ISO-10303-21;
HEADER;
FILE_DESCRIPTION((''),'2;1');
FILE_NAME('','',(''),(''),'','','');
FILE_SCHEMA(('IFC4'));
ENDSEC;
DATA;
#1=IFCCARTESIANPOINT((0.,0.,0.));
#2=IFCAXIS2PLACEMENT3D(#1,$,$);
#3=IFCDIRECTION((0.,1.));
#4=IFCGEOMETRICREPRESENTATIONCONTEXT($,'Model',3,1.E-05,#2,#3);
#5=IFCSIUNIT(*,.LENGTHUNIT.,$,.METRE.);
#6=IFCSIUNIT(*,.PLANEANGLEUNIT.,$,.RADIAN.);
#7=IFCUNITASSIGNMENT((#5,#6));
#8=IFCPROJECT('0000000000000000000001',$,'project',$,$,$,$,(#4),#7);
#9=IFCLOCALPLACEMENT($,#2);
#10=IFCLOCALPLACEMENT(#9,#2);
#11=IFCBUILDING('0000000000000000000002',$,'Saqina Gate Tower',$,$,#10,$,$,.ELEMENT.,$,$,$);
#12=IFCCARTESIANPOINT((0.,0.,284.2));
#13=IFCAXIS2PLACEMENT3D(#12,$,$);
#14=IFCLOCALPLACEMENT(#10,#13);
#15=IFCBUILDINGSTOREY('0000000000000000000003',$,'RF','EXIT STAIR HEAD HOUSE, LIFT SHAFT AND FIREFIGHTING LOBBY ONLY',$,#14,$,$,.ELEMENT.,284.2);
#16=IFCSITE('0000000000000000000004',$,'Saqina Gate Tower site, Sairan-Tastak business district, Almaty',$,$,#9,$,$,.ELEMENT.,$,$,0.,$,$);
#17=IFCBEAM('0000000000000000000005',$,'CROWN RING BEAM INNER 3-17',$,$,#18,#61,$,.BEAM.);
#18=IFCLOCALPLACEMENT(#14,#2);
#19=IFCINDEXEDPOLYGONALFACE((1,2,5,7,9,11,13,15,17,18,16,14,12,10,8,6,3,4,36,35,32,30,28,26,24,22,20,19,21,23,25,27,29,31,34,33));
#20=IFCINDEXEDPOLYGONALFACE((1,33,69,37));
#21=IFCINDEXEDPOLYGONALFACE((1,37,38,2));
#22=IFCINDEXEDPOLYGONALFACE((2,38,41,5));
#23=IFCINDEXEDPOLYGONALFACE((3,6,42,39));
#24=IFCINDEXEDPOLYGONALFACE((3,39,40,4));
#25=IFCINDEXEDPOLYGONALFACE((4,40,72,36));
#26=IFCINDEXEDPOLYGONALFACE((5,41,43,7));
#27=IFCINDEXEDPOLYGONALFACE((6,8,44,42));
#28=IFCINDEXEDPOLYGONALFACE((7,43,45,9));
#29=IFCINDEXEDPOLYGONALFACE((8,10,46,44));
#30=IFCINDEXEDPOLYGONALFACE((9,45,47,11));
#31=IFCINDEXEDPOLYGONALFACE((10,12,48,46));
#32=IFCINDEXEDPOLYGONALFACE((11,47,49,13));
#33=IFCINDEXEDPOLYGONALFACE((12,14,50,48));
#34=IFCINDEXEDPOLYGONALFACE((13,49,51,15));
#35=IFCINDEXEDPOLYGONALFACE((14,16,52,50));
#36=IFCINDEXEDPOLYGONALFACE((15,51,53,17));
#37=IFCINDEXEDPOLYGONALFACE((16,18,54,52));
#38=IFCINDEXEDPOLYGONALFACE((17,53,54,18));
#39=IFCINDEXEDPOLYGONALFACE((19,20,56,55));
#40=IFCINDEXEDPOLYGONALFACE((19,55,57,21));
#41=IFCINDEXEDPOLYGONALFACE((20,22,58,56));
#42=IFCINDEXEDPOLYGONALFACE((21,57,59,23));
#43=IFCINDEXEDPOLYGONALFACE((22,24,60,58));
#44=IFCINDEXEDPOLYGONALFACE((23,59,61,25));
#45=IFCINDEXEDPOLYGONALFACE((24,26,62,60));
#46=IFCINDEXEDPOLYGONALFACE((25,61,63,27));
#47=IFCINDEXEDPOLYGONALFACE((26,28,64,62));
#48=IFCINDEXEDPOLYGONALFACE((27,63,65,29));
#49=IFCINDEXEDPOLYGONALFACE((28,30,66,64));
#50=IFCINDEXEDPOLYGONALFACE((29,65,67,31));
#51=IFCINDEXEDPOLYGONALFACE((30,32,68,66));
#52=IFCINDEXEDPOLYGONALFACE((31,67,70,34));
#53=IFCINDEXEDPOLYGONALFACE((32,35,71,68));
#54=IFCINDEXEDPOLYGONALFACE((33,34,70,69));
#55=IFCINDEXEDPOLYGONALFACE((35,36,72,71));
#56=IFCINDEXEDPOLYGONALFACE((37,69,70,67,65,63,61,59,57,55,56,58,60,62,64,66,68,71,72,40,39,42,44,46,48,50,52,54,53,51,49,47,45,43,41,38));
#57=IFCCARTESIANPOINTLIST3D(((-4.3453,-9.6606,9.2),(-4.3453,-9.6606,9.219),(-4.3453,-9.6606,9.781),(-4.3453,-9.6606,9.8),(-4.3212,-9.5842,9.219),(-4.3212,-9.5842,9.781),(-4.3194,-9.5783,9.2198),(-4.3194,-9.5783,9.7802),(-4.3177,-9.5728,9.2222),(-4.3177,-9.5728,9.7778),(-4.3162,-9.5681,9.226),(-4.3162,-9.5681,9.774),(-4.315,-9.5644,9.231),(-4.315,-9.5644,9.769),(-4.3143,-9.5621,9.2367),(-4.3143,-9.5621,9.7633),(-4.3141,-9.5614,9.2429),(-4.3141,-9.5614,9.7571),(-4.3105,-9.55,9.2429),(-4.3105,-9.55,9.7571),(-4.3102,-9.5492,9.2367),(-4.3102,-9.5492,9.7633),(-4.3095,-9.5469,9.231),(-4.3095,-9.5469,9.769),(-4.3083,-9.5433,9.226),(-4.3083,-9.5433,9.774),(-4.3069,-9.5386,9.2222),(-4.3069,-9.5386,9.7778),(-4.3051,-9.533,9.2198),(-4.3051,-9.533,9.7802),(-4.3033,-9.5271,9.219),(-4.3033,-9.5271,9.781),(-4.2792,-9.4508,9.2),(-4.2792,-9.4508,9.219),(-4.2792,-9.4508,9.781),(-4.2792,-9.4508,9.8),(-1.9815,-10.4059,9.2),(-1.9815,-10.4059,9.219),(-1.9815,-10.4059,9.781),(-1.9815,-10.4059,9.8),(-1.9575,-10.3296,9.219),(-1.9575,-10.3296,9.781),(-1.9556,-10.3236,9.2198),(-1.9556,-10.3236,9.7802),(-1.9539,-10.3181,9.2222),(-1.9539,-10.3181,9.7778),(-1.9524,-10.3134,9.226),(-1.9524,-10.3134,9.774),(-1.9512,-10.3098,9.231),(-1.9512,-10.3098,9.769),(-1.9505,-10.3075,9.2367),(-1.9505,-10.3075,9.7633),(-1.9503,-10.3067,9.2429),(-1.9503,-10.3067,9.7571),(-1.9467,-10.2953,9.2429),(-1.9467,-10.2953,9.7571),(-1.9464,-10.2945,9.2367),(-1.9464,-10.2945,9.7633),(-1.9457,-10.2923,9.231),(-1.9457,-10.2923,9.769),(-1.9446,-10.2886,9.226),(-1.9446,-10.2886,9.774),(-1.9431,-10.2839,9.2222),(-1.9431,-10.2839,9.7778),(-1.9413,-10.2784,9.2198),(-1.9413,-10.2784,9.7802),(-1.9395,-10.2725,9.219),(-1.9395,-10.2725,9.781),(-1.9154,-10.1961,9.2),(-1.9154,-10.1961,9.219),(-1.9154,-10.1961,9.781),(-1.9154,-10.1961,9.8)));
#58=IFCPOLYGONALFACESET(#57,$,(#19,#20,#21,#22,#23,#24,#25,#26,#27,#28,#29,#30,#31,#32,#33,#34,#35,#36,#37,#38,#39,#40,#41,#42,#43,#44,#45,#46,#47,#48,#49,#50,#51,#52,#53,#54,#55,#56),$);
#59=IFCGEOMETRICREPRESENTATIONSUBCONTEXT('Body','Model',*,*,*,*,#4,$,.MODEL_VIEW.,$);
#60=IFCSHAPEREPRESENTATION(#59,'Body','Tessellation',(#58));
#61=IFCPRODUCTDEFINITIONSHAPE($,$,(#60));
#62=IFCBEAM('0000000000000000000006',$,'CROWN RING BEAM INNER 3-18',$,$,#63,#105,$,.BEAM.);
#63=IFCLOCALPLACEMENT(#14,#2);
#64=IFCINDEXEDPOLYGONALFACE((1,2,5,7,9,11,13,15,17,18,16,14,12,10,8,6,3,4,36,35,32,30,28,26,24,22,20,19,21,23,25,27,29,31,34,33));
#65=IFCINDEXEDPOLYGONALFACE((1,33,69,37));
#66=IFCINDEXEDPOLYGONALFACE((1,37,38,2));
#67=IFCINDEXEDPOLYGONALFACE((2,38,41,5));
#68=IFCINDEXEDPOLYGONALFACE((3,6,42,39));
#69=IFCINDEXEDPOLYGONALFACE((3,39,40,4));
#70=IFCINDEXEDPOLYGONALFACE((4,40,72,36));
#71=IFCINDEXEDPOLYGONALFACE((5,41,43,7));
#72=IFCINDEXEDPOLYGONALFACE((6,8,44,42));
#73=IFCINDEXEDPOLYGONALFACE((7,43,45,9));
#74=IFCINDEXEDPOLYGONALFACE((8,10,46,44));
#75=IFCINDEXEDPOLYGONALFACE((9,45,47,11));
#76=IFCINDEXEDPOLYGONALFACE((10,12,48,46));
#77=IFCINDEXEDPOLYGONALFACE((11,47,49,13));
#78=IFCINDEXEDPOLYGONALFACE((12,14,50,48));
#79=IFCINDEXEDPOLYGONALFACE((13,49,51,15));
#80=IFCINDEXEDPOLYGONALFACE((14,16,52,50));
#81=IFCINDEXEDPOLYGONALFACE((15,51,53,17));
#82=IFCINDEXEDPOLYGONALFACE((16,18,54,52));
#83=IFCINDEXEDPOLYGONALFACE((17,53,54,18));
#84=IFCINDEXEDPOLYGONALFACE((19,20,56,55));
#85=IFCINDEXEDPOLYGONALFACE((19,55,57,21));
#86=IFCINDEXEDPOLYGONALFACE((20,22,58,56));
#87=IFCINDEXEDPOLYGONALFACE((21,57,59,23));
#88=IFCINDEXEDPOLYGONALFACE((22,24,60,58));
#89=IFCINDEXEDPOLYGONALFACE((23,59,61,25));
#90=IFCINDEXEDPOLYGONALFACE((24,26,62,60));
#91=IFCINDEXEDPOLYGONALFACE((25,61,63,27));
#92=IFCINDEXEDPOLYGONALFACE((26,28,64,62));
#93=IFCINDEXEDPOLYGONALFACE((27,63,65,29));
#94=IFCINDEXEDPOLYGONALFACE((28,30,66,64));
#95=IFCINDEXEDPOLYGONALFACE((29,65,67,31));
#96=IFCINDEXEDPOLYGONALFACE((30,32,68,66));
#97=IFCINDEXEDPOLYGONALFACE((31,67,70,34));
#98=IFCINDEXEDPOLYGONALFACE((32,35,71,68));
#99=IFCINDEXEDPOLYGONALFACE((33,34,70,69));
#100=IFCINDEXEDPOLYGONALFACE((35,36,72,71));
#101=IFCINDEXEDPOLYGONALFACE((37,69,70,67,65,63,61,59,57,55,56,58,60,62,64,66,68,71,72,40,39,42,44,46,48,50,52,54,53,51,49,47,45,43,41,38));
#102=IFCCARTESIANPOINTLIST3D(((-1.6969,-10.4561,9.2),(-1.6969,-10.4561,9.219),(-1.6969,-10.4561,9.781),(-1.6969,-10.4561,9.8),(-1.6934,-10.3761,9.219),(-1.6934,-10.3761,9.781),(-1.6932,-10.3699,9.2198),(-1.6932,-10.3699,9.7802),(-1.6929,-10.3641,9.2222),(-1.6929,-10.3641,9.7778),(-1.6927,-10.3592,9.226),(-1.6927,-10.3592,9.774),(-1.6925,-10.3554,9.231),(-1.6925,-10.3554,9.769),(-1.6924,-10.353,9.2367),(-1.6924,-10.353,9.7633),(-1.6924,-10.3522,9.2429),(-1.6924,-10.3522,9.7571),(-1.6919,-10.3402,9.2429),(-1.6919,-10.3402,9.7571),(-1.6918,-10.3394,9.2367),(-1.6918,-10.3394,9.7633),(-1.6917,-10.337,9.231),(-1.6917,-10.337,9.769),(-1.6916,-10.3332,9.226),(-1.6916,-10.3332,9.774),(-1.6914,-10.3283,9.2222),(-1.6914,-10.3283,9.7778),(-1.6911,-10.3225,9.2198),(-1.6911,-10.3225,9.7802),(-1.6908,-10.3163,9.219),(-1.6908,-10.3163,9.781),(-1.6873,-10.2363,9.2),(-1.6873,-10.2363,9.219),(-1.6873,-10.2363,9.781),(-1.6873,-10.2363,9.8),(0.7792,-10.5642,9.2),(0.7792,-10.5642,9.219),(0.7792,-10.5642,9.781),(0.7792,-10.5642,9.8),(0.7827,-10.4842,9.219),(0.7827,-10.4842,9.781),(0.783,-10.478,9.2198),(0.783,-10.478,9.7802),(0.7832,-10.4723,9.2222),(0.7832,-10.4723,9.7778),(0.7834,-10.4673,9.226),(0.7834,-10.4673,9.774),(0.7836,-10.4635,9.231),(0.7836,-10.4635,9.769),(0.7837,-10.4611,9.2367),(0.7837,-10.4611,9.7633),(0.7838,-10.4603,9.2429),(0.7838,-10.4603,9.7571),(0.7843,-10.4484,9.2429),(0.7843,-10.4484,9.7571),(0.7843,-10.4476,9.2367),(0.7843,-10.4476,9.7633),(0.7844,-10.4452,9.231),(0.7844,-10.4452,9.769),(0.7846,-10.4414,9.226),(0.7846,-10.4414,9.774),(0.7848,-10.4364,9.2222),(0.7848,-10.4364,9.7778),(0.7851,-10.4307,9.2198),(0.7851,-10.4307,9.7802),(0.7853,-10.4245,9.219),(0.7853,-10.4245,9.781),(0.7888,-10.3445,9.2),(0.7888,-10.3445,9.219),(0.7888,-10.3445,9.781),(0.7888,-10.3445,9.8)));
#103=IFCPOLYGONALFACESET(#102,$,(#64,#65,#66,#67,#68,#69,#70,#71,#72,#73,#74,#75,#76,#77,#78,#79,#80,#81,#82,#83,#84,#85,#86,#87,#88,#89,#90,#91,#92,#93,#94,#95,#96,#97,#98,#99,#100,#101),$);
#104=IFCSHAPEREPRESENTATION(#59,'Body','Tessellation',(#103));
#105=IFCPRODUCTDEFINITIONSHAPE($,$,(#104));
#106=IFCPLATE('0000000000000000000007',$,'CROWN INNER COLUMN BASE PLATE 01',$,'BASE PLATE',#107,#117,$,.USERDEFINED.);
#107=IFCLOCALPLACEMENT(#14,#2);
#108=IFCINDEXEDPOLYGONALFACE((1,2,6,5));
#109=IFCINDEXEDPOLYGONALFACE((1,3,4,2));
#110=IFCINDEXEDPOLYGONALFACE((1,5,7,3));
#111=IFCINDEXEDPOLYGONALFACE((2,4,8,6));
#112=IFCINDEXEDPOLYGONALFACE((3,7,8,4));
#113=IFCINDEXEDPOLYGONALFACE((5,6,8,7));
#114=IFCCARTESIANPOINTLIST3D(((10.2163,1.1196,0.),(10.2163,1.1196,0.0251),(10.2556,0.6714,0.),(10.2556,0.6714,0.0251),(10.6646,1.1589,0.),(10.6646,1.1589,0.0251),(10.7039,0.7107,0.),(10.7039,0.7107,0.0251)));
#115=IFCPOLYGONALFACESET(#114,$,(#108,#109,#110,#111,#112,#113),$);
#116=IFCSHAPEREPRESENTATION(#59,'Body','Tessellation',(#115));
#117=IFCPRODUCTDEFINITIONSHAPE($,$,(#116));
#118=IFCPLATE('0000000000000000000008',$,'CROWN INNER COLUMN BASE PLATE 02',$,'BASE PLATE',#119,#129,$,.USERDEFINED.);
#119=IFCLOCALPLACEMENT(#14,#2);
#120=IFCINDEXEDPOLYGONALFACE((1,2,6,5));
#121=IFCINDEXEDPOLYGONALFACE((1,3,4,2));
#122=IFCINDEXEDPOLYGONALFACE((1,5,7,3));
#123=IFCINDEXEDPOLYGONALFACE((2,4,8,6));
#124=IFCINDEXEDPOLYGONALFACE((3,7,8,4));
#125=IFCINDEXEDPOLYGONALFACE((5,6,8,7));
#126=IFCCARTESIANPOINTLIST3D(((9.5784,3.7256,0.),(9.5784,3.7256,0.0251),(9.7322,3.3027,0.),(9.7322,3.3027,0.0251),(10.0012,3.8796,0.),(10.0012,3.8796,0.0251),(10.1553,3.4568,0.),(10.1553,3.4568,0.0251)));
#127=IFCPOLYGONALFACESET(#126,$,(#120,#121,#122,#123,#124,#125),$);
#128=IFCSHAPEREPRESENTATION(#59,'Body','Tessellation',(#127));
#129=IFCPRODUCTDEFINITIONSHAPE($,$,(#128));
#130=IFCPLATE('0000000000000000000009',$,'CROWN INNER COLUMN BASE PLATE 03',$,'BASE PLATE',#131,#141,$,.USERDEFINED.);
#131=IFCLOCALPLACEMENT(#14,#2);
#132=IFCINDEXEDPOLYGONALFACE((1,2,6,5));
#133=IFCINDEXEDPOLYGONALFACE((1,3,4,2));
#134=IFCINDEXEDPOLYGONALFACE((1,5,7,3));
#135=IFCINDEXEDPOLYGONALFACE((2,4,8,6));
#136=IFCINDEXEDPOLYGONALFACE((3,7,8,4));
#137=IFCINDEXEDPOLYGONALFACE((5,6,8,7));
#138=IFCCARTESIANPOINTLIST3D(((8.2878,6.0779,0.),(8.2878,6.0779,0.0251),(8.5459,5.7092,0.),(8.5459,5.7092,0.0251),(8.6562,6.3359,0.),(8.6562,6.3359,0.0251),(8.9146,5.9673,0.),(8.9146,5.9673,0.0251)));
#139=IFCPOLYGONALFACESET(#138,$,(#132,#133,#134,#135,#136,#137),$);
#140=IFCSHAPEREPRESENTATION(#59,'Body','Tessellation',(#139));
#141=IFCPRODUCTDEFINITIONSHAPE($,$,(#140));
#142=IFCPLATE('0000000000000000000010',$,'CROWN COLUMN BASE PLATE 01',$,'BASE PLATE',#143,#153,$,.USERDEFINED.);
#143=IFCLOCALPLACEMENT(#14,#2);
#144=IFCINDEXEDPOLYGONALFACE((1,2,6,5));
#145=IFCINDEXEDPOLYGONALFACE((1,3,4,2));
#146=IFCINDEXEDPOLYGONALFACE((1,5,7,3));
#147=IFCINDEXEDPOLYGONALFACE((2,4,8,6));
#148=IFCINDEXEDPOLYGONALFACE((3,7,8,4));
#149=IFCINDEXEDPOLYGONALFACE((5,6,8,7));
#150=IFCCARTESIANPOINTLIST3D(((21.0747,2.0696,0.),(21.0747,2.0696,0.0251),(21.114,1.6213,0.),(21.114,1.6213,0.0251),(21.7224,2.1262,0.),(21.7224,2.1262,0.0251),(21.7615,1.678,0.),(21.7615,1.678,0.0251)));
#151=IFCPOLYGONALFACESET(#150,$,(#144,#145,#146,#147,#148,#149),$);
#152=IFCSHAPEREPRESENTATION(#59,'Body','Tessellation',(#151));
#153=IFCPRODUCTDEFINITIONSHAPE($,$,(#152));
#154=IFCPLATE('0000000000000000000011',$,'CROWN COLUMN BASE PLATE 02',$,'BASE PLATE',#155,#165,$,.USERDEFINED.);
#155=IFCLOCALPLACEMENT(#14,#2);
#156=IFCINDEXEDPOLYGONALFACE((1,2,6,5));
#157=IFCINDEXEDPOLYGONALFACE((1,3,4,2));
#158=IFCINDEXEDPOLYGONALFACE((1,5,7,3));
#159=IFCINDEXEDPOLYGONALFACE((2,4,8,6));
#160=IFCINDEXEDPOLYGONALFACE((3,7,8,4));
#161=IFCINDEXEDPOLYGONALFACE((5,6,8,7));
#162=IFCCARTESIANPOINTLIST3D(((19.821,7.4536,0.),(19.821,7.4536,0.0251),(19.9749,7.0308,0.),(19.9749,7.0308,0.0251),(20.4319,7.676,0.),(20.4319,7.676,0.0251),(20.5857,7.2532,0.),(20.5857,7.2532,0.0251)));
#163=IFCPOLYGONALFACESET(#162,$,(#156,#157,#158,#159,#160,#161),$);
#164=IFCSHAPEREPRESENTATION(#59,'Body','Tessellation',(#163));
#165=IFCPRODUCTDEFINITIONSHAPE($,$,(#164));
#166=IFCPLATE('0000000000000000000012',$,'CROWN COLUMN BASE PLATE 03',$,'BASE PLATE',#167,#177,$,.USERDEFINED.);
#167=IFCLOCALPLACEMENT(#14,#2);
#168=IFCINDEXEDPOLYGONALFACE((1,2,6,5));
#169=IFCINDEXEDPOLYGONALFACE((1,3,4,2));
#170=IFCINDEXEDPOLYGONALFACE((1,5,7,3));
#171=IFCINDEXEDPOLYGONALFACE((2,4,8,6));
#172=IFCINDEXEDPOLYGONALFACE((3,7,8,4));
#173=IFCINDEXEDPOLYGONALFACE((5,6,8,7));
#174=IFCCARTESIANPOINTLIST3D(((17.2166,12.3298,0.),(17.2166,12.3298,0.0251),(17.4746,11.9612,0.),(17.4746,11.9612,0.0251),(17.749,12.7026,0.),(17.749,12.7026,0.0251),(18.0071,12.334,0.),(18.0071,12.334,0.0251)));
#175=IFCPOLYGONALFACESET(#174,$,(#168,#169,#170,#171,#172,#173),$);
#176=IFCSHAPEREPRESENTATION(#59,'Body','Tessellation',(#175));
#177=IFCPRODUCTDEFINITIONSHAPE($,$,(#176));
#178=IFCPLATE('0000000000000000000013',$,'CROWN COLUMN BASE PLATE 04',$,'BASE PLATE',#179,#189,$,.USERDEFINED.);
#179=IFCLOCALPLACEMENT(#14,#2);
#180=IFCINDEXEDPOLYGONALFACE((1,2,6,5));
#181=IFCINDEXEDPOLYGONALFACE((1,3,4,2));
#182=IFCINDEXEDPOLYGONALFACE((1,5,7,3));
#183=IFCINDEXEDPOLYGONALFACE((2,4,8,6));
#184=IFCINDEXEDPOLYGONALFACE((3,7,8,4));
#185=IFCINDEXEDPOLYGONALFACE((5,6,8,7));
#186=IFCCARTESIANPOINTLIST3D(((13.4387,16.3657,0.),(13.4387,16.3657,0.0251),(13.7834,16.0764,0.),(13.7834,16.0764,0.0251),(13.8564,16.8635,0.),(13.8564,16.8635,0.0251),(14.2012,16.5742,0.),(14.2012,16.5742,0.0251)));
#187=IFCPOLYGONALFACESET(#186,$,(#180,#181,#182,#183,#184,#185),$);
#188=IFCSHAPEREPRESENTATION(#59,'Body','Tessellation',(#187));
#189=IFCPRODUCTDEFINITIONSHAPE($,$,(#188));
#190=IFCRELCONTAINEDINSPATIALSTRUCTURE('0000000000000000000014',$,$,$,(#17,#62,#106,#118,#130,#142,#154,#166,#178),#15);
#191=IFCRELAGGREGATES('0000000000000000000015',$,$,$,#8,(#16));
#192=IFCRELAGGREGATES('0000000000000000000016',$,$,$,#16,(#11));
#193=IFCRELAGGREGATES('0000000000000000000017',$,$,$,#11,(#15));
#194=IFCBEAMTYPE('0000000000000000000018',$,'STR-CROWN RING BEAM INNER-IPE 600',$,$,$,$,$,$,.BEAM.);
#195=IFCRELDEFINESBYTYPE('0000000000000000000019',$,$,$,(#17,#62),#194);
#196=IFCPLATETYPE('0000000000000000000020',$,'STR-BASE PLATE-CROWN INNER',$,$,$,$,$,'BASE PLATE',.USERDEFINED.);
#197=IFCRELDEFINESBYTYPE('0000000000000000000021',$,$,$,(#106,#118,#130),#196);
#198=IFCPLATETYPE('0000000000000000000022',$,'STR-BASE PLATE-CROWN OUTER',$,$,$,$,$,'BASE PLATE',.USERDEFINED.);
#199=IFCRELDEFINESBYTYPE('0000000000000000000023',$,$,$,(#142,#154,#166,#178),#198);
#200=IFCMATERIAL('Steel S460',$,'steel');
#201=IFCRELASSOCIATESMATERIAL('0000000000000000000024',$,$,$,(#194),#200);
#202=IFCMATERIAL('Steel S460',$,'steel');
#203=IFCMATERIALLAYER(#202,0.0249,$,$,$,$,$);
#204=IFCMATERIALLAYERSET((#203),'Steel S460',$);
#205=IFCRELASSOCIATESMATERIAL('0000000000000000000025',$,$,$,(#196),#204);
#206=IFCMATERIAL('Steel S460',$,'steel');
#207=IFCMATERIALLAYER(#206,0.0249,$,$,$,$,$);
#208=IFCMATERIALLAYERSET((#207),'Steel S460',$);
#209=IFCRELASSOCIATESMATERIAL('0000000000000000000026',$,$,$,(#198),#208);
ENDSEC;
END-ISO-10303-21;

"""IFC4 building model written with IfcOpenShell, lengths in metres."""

from ifc_helpers import new_model, si_unit, direction, frame, origin, origin_2d, place, context, subcontext, project, spatial, polyline, i_section, outline, extrude, material, layer, layer_set, material_profile, profile_set, type_object, element, save


model = new_model("IFC4")

# Units and contexts
model_context = context("Model", 3, precision=1e-05, world=origin(), true_north=direction((0.0, 1.0)))
body_context = subcontext(model_context, "Body", "Model", "MODEL_VIEW")
ifc_project = project(units=[si_unit("LENGTHUNIT", "METRE"), si_unit("PLANEANGLEUNIT", "RADIAN")], contexts=[model_context])

# Site, building, storey
site_placement = place(None, origin())
site = spatial("IfcSite", under=ifc_project, at=site_placement, Name="Saqina Gate Tower site, Sairan-Tastak business district, Almaty", CompositionType="ELEMENT", RefElevation=0.0)
building_placement = place(site_placement, origin())
building = spatial("IfcBuilding", under=site, at=building_placement, Name="Saqina Gate Tower", CompositionType="ELEMENT")
storey_placement = place(building_placement, frame((0.0, 0.0, 284.2)))
storey = spatial("IfcBuildingStorey", under=building, at=storey_placement, Name="RF", Description="EXIT STAIR HEAD HOUSE, LIFT SHAFT AND FIREFIGHTING LOBBY ONLY", CompositionType="ELEMENT", Elevation=284.2)

# Beams
ifc_material_1 = material(Name="Steel S460", Category="steel")
ifc_material_profile_1 = material_profile(ifc_material_1, i_section(OverallWidth=0.22, OverallDepth=0.6001, WebThickness=0.012, FlangeThickness=0.019, FilletRadius=0.0239, at=origin_2d()), Name="IPE 600")
ifc_profile_set_1 = profile_set([ifc_material_profile_1], Name="Steel S460")
beam_type = type_object("IfcBeamType", Name="STR-CROWN RING BEAM INNER-IPE 600", PredefinedType="BEAM", material=ifc_profile_set_1)
for number, where, z_axis, x_axis, name in (
    (1, (-4.3123, -9.5557, 9.5), (0.953709, -0.300731, 0.0), (0.300731, 0.953709, 0.0), "CROWN RING BEAM INNER 3-17"),
    (2, (-1.6921, -10.3462, 9.5), (0.999047, -0.043638, 0.0), (0.043638, 0.999047, 0.0), "CROWN RING BEAM INNER 3-18"),
):
    element("IfcBeam", number, at=place(storey_placement, frame(where, z_axis=z_axis, x_axis=x_axis)), inside=storey, type_object=beam_type, Name=name, PredefinedType="BEAM", context=body_context, shape_type="SweptSolid", body=[
        extrude(i_section(OverallWidth=0.22, OverallDepth=0.6001, WebThickness=0.012, FlangeThickness=0.019, FilletRadius=0.0239, at=origin_2d()), origin(), (0.0, 0.0, 1.0), 2.4785),
    ])

# Plates
ifc_material_2 = material(Name="Steel S460", Category="steel")
ifc_layer_1 = layer(ifc_material_2, 0.0249)
ifc_layer_set_1 = layer_set([ifc_layer_1], Name="Steel S460")
plate_type_1 = type_object("IfcPlateType", Name="STR-BASE PLATE-CROWN INNER", ElementType="BASE PLATE", PredefinedType="USERDEFINED", material=ifc_layer_set_1)
plate_1_placement = place(storey_placement, origin())
element("IfcPlate", 3, at=plate_1_placement, inside=storey, type_object=plate_type_1, Name="CROWN INNER COLUMN BASE PLATE 01", ObjectType="BASE PLATE", PredefinedType="USERDEFINED", context=body_context, shape_type="SweptSolid", body=[
    extrude(outline(polyline([(10.7039, 0.7107), (10.6646, 1.1589), (10.2163, 1.1196), (10.2556, 0.6714), (10.7039, 0.7107)])), origin(), (0.0, 0.0, 1.0), 0.0251),
])
plate_2_placement = place(storey_placement, origin())
element("IfcPlate", 4, at=plate_2_placement, inside=storey, type_object=plate_type_1, Name="CROWN INNER COLUMN BASE PLATE 02", ObjectType="BASE PLATE", PredefinedType="USERDEFINED", context=body_context, shape_type="SweptSolid", body=[
    extrude(outline(polyline([(10.1553, 3.4568), (10.0012, 3.8796), (9.5784, 3.7256), (9.7322, 3.3027), (10.1553, 3.4568)])), origin(), (0.0, 0.0, 1.0), 0.0251),
])
plate_3_placement = place(storey_placement, origin())
element("IfcPlate", 5, at=plate_3_placement, inside=storey, type_object=plate_type_1, Name="CROWN INNER COLUMN BASE PLATE 03", ObjectType="BASE PLATE", PredefinedType="USERDEFINED", context=body_context, shape_type="SweptSolid", body=[
    extrude(outline(polyline([(8.9146, 5.9673), (8.6562, 6.3359), (8.2878, 6.0779), (8.5459, 5.7092), (8.9146, 5.9673)])), origin(), (0.0, 0.0, 1.0), 0.0251),
])
ifc_material_3 = material(Name="Steel S460", Category="steel")
ifc_layer_2 = layer(ifc_material_3, 0.0249)
ifc_layer_set_2 = layer_set([ifc_layer_2], Name="Steel S460")
plate_type_2 = type_object("IfcPlateType", Name="STR-BASE PLATE-CROWN OUTER", ElementType="BASE PLATE", PredefinedType="USERDEFINED", material=ifc_layer_set_2)
plate_4_placement = place(storey_placement, origin())
element("IfcPlate", 6, at=plate_4_placement, inside=storey, type_object=plate_type_2, Name="CROWN COLUMN BASE PLATE 01", ObjectType="BASE PLATE", PredefinedType="USERDEFINED", context=body_context, shape_type="SweptSolid", body=[
    extrude(outline(polyline([(21.7615, 1.678), (21.7224, 2.1262), (21.0747, 2.0696), (21.114, 1.6213), (21.7615, 1.678)])), origin(), (0.0, 0.0, 1.0), 0.0251),
])
plate_5_placement = place(storey_placement, origin())
element("IfcPlate", 7, at=plate_5_placement, inside=storey, type_object=plate_type_2, Name="CROWN COLUMN BASE PLATE 02", ObjectType="BASE PLATE", PredefinedType="USERDEFINED", context=body_context, shape_type="SweptSolid", body=[
    extrude(outline(polyline([(20.5857, 7.2532), (20.4319, 7.676), (19.821, 7.4536), (19.9749, 7.0308), (20.5857, 7.2532)])), origin(), (0.0, 0.0, 1.0), 0.0251),
])
plate_6_placement = place(storey_placement, origin())
element("IfcPlate", 8, at=plate_6_placement, inside=storey, type_object=plate_type_2, Name="CROWN COLUMN BASE PLATE 03", ObjectType="BASE PLATE", PredefinedType="USERDEFINED", context=body_context, shape_type="SweptSolid", body=[
    extrude(outline(polyline([(18.0071, 12.334), (17.749, 12.7026), (17.2166, 12.3298), (17.4746, 11.9612), (18.0071, 12.334)])), origin(), (0.0, 0.0, 1.0), 0.0251),
])
plate_7_placement = place(storey_placement, origin())
element("IfcPlate", 9, at=plate_7_placement, inside=storey, type_object=plate_type_2, Name="CROWN COLUMN BASE PLATE 04", ObjectType="BASE PLATE", PredefinedType="USERDEFINED", context=body_context, shape_type="SweptSolid", body=[
    extrude(outline(polyline([(14.2012, 16.5742), (13.8564, 16.8635), (13.4387, 16.3657), (13.7834, 16.0764), (14.2012, 16.5742)])), origin(), (0.0, 0.0, 1.0), 0.0251),
])

save(model, "model.ifc")
